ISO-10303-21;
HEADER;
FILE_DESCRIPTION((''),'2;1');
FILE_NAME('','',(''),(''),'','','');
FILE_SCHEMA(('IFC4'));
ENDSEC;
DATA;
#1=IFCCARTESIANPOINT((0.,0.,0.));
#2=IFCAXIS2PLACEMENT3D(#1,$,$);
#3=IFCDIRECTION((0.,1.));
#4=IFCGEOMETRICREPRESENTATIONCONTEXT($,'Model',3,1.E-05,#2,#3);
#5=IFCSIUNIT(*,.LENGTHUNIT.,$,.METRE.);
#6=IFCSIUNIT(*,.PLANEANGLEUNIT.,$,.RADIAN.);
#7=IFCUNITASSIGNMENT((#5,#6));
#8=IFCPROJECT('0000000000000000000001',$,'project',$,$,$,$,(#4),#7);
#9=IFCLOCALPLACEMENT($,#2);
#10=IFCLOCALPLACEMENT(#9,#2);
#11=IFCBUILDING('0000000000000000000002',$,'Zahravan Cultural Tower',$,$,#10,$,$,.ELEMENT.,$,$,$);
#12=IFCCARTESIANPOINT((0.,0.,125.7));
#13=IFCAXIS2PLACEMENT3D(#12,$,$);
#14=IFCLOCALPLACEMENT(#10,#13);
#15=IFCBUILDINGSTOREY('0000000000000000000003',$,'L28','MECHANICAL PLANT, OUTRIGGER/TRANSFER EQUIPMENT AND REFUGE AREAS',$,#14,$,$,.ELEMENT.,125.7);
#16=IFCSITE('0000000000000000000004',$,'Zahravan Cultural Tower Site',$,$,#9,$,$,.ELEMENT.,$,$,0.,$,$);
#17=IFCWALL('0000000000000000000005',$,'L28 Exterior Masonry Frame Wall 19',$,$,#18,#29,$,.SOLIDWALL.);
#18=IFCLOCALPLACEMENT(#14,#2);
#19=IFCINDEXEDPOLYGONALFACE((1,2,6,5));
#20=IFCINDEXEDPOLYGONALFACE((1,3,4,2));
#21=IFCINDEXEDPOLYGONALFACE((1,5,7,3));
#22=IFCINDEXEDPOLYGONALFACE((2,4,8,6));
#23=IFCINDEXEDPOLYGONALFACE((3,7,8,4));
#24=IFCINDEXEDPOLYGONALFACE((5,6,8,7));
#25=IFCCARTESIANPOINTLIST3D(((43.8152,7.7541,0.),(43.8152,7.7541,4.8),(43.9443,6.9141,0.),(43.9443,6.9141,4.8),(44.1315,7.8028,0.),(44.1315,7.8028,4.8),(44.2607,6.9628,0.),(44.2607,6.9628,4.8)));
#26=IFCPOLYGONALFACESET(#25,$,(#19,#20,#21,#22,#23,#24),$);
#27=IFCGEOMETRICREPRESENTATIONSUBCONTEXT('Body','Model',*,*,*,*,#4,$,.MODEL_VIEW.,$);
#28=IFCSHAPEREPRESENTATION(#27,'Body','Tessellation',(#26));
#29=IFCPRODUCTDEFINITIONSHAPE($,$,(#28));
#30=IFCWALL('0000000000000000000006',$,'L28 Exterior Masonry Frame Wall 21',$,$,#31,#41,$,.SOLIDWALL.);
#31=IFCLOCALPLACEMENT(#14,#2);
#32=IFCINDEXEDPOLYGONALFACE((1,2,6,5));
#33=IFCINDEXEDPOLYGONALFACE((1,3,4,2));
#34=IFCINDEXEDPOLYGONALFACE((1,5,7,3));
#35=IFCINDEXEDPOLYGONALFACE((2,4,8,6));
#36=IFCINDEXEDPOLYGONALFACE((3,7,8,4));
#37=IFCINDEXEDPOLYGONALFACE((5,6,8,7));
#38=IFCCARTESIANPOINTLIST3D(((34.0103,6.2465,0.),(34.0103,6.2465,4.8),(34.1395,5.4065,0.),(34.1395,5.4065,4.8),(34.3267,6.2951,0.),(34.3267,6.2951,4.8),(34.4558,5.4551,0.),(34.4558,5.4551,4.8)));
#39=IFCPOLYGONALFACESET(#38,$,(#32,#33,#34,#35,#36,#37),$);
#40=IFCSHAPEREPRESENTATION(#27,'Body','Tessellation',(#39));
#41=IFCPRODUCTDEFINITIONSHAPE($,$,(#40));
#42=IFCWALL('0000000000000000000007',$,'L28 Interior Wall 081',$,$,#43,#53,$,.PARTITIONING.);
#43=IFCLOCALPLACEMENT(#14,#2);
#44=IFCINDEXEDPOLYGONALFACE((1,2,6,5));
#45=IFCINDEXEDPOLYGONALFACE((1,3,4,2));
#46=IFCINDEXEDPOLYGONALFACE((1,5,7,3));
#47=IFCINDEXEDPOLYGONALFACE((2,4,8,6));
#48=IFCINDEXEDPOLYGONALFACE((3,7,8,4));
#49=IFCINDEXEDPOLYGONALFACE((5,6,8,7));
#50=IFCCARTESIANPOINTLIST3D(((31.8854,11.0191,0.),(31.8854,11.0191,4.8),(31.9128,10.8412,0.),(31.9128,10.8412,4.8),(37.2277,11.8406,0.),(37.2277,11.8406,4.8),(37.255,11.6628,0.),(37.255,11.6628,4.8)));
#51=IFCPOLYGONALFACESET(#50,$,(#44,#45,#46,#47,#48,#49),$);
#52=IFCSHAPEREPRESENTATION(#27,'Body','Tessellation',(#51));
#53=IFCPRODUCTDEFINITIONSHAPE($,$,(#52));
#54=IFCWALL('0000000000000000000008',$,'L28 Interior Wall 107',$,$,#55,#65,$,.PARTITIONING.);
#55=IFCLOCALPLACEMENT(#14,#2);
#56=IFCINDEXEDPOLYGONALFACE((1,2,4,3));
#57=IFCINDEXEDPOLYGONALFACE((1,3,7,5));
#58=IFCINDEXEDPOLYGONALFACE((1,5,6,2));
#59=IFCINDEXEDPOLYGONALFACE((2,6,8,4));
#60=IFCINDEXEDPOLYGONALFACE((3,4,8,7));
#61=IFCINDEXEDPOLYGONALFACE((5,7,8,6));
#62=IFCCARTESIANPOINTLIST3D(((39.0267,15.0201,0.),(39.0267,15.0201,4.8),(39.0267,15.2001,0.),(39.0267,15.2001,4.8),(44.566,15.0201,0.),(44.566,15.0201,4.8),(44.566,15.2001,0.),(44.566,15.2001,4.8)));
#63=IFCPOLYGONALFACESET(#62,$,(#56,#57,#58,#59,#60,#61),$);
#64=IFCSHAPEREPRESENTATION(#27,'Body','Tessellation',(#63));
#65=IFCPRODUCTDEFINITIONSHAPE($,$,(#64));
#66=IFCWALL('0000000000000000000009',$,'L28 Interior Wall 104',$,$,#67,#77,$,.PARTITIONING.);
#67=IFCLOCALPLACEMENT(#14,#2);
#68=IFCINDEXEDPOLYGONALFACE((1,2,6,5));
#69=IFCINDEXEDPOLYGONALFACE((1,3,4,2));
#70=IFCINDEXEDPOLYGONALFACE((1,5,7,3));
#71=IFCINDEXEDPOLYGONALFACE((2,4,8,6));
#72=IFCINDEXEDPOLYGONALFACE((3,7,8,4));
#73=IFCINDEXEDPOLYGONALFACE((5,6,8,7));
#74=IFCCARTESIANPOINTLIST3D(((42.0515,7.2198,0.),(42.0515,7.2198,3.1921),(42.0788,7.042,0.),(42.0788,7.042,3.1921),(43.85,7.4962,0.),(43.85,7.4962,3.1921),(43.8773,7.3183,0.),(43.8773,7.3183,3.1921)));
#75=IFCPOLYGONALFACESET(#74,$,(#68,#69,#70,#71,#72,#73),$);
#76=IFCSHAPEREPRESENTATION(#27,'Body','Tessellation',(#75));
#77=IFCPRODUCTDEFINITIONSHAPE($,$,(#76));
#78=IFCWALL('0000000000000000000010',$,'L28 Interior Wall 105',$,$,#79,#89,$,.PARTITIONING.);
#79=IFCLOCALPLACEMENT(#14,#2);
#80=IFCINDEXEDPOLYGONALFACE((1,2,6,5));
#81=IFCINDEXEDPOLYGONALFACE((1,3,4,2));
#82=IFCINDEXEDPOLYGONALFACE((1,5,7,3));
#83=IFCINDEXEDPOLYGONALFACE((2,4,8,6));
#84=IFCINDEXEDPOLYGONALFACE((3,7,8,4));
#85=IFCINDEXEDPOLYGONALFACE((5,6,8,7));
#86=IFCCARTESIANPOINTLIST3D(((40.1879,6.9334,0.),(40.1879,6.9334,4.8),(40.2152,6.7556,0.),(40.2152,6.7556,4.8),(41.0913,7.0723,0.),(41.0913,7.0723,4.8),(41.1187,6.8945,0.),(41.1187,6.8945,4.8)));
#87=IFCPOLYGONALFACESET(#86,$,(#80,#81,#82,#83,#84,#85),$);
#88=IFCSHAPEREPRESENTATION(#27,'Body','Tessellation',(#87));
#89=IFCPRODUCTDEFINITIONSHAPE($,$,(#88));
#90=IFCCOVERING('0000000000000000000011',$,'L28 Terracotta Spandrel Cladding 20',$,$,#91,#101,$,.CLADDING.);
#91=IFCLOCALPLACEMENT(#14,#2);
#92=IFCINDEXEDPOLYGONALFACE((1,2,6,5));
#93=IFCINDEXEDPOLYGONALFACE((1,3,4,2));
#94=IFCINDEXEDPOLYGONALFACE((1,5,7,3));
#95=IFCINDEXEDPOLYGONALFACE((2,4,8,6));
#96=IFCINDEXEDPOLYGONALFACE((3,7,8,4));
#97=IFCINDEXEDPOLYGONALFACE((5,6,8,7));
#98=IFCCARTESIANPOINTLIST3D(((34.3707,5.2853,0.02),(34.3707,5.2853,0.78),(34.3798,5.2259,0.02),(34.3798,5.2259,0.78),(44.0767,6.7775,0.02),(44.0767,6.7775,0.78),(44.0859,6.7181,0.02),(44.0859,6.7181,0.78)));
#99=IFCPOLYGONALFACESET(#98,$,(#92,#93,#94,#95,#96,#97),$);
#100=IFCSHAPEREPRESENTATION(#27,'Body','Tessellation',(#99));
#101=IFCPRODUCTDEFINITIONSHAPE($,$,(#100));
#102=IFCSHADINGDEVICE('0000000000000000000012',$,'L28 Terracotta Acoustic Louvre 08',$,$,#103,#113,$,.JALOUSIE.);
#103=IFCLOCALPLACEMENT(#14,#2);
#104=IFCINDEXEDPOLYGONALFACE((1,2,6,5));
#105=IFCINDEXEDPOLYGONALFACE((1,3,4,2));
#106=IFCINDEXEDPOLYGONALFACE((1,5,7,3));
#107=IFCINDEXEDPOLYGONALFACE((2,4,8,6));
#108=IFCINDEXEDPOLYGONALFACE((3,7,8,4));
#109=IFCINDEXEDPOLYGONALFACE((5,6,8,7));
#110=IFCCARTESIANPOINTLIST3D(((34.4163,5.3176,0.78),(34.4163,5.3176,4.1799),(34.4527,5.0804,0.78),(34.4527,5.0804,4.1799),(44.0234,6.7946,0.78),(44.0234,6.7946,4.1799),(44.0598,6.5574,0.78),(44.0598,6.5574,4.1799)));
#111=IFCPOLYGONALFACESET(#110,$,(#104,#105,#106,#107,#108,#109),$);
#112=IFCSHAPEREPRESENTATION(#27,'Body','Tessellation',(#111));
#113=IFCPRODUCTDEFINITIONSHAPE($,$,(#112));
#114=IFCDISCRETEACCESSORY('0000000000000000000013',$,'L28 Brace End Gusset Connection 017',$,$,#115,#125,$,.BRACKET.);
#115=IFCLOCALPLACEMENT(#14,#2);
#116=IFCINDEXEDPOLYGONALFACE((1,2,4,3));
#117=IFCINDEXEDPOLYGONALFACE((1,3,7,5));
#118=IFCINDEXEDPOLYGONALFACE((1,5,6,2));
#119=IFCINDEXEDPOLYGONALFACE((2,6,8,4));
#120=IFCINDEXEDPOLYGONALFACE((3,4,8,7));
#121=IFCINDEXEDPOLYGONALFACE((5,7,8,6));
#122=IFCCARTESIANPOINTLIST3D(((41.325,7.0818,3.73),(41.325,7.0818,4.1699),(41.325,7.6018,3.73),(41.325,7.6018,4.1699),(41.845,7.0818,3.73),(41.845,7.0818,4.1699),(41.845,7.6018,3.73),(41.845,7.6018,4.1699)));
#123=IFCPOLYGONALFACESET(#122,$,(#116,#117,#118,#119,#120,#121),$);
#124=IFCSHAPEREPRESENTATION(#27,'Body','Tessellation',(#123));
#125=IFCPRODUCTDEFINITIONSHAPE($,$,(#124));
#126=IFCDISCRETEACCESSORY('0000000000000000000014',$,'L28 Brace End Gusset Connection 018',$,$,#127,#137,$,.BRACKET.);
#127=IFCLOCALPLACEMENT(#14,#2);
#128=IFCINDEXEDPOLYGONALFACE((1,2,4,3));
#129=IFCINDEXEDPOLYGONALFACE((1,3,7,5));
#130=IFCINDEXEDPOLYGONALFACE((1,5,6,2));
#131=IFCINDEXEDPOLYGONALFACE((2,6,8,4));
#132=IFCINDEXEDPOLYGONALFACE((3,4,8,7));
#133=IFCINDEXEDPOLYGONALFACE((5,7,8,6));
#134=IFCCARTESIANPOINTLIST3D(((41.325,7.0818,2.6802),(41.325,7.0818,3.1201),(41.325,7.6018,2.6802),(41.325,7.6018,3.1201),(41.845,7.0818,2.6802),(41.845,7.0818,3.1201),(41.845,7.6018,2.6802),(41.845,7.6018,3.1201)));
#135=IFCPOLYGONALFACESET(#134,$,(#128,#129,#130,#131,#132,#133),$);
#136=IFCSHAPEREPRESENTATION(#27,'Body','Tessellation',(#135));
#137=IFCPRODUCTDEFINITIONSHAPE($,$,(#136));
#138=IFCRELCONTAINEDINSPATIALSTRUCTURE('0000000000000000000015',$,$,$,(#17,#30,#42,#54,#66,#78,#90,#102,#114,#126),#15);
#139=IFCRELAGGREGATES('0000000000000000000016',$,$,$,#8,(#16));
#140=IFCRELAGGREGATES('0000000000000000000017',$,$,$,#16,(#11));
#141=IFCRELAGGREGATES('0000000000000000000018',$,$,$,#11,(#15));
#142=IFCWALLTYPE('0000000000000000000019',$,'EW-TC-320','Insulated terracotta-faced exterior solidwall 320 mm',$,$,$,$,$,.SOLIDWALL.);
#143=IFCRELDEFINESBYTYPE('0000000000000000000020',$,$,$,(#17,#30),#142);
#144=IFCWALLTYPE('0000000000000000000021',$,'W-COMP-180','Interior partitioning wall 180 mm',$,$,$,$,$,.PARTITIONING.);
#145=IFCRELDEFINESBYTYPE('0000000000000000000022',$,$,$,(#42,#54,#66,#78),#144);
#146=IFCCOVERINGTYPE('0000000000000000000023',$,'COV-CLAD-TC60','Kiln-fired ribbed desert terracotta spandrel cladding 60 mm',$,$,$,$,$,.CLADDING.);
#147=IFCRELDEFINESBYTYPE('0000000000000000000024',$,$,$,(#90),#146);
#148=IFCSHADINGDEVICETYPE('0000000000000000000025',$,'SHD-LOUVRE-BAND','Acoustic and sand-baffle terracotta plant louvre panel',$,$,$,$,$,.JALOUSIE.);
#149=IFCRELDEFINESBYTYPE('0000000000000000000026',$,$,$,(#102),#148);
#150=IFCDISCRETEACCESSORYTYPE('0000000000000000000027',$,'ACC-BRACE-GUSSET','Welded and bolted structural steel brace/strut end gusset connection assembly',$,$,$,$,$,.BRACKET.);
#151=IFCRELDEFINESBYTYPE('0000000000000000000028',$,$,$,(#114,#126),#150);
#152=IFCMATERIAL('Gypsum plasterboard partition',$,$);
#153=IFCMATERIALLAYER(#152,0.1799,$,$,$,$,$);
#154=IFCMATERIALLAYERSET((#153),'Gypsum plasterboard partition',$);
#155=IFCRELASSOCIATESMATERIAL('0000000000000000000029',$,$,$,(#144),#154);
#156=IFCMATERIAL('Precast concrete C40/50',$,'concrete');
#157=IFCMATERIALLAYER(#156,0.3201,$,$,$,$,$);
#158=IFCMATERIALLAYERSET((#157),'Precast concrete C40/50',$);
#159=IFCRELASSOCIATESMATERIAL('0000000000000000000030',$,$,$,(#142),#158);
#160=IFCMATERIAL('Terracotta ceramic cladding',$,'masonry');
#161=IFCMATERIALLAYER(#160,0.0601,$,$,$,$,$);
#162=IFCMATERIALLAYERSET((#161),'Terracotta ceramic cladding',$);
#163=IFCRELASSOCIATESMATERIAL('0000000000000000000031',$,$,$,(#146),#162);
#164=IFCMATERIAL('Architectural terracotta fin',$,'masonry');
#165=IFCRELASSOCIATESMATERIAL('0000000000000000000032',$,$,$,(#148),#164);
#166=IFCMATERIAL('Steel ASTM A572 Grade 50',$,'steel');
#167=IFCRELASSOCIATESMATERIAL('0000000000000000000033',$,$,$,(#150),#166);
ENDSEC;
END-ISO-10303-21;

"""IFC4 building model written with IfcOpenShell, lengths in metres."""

from ifc_helpers import new_model, si_unit, direction, frame, frame_2d, origin, origin_2d, place, context, subcontext, project, spatial, rectangle, extrude, source, transform, mapped, material, layer, layer_set, type_object, element, save


model = new_model("IFC4")

# Units and contexts
model_context = context("Model", 3, precision=1e-05, world=origin(), true_north=direction((0.0, 1.0)))
body_context = subcontext(model_context, "Body", "Model", "MODEL_VIEW")
ifc_project = project(units=[si_unit("LENGTHUNIT", "METRE"), si_unit("PLANEANGLEUNIT", "RADIAN")], contexts=[model_context])

# Site, building, storey
site_placement = place(None, origin())
site = spatial("IfcSite", under=ifc_project, at=site_placement, Name="Zahravan Cultural Tower Site", CompositionType="ELEMENT", RefElevation=0.0)
building_placement = place(site_placement, origin())
building = spatial("IfcBuilding", under=site, at=building_placement, Name="Zahravan Cultural Tower", CompositionType="ELEMENT")
storey_placement = place(building_placement, frame((0.0, 0.0, 125.7)))
storey = spatial("IfcBuildingStorey", under=building, at=storey_placement, Name="L28", Description="MECHANICAL PLANT, OUTRIGGER/TRANSFER EQUIPMENT AND REFUGE AREAS", CompositionType="ELEMENT", Elevation=125.7)

# Shared definitions
ifc_material_1 = material(Name="Steel ASTM A572 Grade 50", Category="steel")

# Shared definitions
ifc_material_2 = material(Name="Gypsum plasterboard partition")
ifc_layer_1 = layer(ifc_material_2, 0.1799)
ifc_layer_set_1 = layer_set([ifc_layer_1], Name="Gypsum plasterboard partition")
wall_type_1 = type_object("IfcWallType", Name="W-COMP-180", Description="Interior partitioning wall 180 mm", PredefinedType="PARTITIONING", material=ifc_layer_set_1)

# Walls
ifc_material_3 = material(Name="Precast concrete C40/50", Category="concrete")
ifc_layer_2 = layer(ifc_material_3, 0.3201)
ifc_layer_set_2 = layer_set([ifc_layer_2], Name="Precast concrete C40/50")
wall_type_2 = type_object("IfcWallType", Name="EW-TC-320", Description="Insulated terracotta-faced exterior solidwall 320 mm", PredefinedType="SOLIDWALL", material=ifc_layer_set_2)
shared_shape_1 = source(origin(), body_context, "Body", "SweptSolid", [
    extrude(rectangle(XDim=0.8499, YDim=0.3201, at=frame_2d((0.4248, 0.0))), origin(), (0.0, 0.0, 1.0), 4.8),
])
for number, where, z_axis, x_axis, name in (
    (1, (43.9734, 7.7783, 0.0), (0.0, 0.0, 1.0), (0.151949, -0.988388, 0.0), "L28 Exterior Masonry Frame Wall 19"),
    (2, (34.2976, 5.4309, 0.0), (0.0, 0.0, 1.0), (-0.151949, 0.988388, 0.0), "L28 Exterior Masonry Frame Wall 21"),
):
    element("IfcWall", number, at=place(storey_placement, frame(where, z_axis=z_axis, x_axis=x_axis)), inside=storey, type_object=wall_type_2, Name=name, PredefinedType="SOLIDWALL", context=body_context, shape_type="MappedRepresentation", body=[
        mapped(shared_shape_1, transform((0.0, 0.0, 0.0), x_axis=(1.0, 0.0, 0.0), y_axis=(0.0, 1.0, 0.0), z_axis=(0.0, 0.0, 1.0), scale=1.0)),
    ])
shared_shape_2 = source(origin(), body_context, "Body", "SweptSolid", [
    extrude(rectangle(XDim=5.405, YDim=0.1799, at=frame_2d((2.7026, 0.0))), origin(), (0.0, 0.0, 1.0), 4.8),
])
wall_1_placement = place(storey_placement, frame((37.2415, 11.7517, 0.0), z_axis=(0.0, 0.0, 1.0), x_axis=(-0.988382, -0.151993, 0.0)))
element("IfcWall", 3, at=wall_1_placement, inside=storey, type_object=wall_type_1, Name="L28 Interior Wall 081", PredefinedType="PARTITIONING", context=body_context, shape_type="MappedRepresentation", body=[
    mapped(shared_shape_2, transform((0.0, 0.0, 0.0), x_axis=(1.0, 0.0, 0.0), y_axis=(0.0, 1.0, 0.0), z_axis=(0.0, 0.0, 1.0), scale=1.0)),
])
shared_shape_3 = source(origin(), body_context, "Body", "SweptSolid", [
    extrude(rectangle(XDim=5.5393, YDim=0.1799, at=frame_2d((2.7695, 0.0))), origin(), (0.0, 0.0, 1.0), 4.8),
])
wall_2_placement = place(storey_placement, frame((39.0269, 15.1101, 0.0), z_axis=(0.0, 0.0, 1.0), x_axis=(1.0, 0.0, 0.0)))
element("IfcWall", 4, at=wall_2_placement, inside=storey, type_object=wall_type_1, Name="L28 Interior Wall 107", PredefinedType="PARTITIONING", context=body_context, shape_type="MappedRepresentation", body=[
    mapped(shared_shape_3, transform((0.0, 0.0, 0.0), x_axis=(1.0, 0.0, 0.0), y_axis=(0.0, 1.0, 0.0), z_axis=(0.0, 0.0, 1.0), scale=1.0)),
])
shared_shape_4 = source(origin(), body_context, "Body", "SweptSolid", [
    extrude(rectangle(XDim=1.8196, YDim=0.1799, at=frame_2d((0.9097, 0.0))), origin(), (0.0, 0.0, 1.0), 3.1921),
])
wall_3_placement = place(storey_placement, frame((43.8635, 7.4072, 0.0), z_axis=(0.0, 0.0, 1.0), x_axis=(-0.9884, -0.151876, 0.0)))
element("IfcWall", 5, at=wall_3_placement, inside=storey, type_object=wall_type_1, Name="L28 Interior Wall 104", PredefinedType="PARTITIONING", context=body_context, shape_type="MappedRepresentation", body=[
    mapped(shared_shape_4, transform((0.0, 0.0, 0.0), x_axis=(1.0, 0.0, 0.0), y_axis=(0.0, 1.0, 0.0), z_axis=(0.0, 0.0, 1.0), scale=1.0)),
])
shared_shape_5 = source(origin(), body_context, "Body", "SweptSolid", [
    extrude(rectangle(XDim=0.9141, YDim=0.1799, at=frame_2d((0.457, 0.0))), origin(), (0.0, 0.0, 1.0), 4.8),
])
wall_4_placement = place(storey_placement, frame((41.105, 6.9834, 0.0), z_axis=(0.0, 0.0, 1.0), x_axis=(-0.988387, -0.151957, 0.0)))
element("IfcWall", 6, at=wall_4_placement, inside=storey, type_object=wall_type_1, Name="L28 Interior Wall 105", PredefinedType="PARTITIONING", context=body_context, shape_type="MappedRepresentation", body=[
    mapped(shared_shape_5, transform((0.0, 0.0, 0.0), x_axis=(1.0, 0.0, 0.0), y_axis=(0.0, 1.0, 0.0), z_axis=(0.0, 0.0, 1.0), scale=1.0)),
])

# Covering
ifc_material_4 = material(Name="Terracotta ceramic cladding", Category="masonry")
ifc_layer_3 = layer(ifc_material_4, 0.0601)
ifc_layer_set_3 = layer_set([ifc_layer_3], Name="Terracotta ceramic cladding")
covering_type = type_object("IfcCoveringType", Name="COV-CLAD-TC60", Description="Kiln-fired ribbed desert terracotta spandrel cladding 60 mm", PredefinedType="CLADDING", material=ifc_layer_set_3)
shared_shape_6 = source(origin(), body_context, "Body", "SweptSolid", [
    extrude(rectangle(XDim=9.8201, YDim=0.0601, at=origin_2d()), origin(), (0.0, 0.0, 1.0), 0.76),
])
covering_placement = place(storey_placement, frame((39.2283, 6.0017, 0.02), z_axis=(0.0, 0.0, 1.0), x_axis=(-0.988388, -0.151951, 0.0)))
element("IfcCovering", 7, at=covering_placement, inside=storey, type_object=covering_type, Name="L28 Terracotta Spandrel Cladding 20", PredefinedType="CLADDING", context=body_context, shape_type="MappedRepresentation", body=[
    mapped(shared_shape_6, transform((0.0, 0.0, 0.0), x_axis=(1.0, 0.0, 0.0), y_axis=(0.0, 1.0, 0.0), z_axis=(0.0, 0.0, 1.0), scale=1.0)),
])

# Shading device
ifc_material_5 = material(Name="Architectural terracotta fin", Category="masonry")
shading_device_type = type_object("IfcShadingDeviceType", Name="SHD-LOUVRE-BAND", Description="Acoustic and sand-baffle terracotta plant louvre panel", PredefinedType="JALOUSIE", material=ifc_material_5)
shared_shape_7 = source(origin(), body_context, "Body", "SweptSolid", [
    extrude(rectangle(XDim=9.72, YDim=0.24, at=origin_2d()), origin(), (0.0, 0.0, 1.0), 3.3999),
])
shading_device_placement = place(storey_placement, frame((39.238, 5.9375, 0.78), z_axis=(0.0, 0.0, 1.0), x_axis=(-0.988388, -0.151951, 0.0)))
element("IfcShadingDevice", 8, at=shading_device_placement, inside=storey, type_object=shading_device_type, Name="L28 Terracotta Acoustic Louvre 08", PredefinedType="JALOUSIE", context=body_context, shape_type="MappedRepresentation", body=[
    mapped(shared_shape_7, transform((0.0, 0.0, 0.0), x_axis=(1.0, 0.0, 0.0), y_axis=(0.0, 1.0, 0.0), z_axis=(0.0, 0.0, 1.0), scale=1.0)),
])

# Discrete accessories
discrete_accessory_type = type_object("IfcDiscreteAccessoryType", Name="ACC-BRACE-GUSSET", Description="Welded and bolted structural steel brace/strut end gusset connection assembly", PredefinedType="BRACKET", material=ifc_material_1)
shared_shape_8 = source(origin(), body_context, "Body", "SweptSolid", [
    extrude(rectangle(XDim=0.52, YDim=0.52, at=origin_2d()), origin(), (0.0, 0.0, 1.0), 0.4399),
])
for number, where, z_axis, x_axis, name in (
    (9, (41.585, 7.3418, 3.73), (0.0, 0.0, 1.0), (1.0, 0.0, 0.0), "L28 Brace End Gusset Connection 017"),
    (10, (41.585, 7.3418, 2.6802), (0.0, 0.0, 1.0), (1.0, 0.0, 0.0), "L28 Brace End Gusset Connection 018"),
):
    element("IfcDiscreteAccessory", number, at=place(storey_placement, frame(where, z_axis=z_axis, x_axis=x_axis)), inside=storey, type_object=discrete_accessory_type, Name=name, PredefinedType="BRACKET", context=body_context, shape_type="MappedRepresentation", body=[
        mapped(shared_shape_8, transform((0.0, 0.0, 0.0), x_axis=(1.0, 0.0, 0.0), y_axis=(0.0, 1.0, 0.0), z_axis=(0.0, 0.0, 1.0), scale=1.0)),
    ])

save(model, "model.ifc")
